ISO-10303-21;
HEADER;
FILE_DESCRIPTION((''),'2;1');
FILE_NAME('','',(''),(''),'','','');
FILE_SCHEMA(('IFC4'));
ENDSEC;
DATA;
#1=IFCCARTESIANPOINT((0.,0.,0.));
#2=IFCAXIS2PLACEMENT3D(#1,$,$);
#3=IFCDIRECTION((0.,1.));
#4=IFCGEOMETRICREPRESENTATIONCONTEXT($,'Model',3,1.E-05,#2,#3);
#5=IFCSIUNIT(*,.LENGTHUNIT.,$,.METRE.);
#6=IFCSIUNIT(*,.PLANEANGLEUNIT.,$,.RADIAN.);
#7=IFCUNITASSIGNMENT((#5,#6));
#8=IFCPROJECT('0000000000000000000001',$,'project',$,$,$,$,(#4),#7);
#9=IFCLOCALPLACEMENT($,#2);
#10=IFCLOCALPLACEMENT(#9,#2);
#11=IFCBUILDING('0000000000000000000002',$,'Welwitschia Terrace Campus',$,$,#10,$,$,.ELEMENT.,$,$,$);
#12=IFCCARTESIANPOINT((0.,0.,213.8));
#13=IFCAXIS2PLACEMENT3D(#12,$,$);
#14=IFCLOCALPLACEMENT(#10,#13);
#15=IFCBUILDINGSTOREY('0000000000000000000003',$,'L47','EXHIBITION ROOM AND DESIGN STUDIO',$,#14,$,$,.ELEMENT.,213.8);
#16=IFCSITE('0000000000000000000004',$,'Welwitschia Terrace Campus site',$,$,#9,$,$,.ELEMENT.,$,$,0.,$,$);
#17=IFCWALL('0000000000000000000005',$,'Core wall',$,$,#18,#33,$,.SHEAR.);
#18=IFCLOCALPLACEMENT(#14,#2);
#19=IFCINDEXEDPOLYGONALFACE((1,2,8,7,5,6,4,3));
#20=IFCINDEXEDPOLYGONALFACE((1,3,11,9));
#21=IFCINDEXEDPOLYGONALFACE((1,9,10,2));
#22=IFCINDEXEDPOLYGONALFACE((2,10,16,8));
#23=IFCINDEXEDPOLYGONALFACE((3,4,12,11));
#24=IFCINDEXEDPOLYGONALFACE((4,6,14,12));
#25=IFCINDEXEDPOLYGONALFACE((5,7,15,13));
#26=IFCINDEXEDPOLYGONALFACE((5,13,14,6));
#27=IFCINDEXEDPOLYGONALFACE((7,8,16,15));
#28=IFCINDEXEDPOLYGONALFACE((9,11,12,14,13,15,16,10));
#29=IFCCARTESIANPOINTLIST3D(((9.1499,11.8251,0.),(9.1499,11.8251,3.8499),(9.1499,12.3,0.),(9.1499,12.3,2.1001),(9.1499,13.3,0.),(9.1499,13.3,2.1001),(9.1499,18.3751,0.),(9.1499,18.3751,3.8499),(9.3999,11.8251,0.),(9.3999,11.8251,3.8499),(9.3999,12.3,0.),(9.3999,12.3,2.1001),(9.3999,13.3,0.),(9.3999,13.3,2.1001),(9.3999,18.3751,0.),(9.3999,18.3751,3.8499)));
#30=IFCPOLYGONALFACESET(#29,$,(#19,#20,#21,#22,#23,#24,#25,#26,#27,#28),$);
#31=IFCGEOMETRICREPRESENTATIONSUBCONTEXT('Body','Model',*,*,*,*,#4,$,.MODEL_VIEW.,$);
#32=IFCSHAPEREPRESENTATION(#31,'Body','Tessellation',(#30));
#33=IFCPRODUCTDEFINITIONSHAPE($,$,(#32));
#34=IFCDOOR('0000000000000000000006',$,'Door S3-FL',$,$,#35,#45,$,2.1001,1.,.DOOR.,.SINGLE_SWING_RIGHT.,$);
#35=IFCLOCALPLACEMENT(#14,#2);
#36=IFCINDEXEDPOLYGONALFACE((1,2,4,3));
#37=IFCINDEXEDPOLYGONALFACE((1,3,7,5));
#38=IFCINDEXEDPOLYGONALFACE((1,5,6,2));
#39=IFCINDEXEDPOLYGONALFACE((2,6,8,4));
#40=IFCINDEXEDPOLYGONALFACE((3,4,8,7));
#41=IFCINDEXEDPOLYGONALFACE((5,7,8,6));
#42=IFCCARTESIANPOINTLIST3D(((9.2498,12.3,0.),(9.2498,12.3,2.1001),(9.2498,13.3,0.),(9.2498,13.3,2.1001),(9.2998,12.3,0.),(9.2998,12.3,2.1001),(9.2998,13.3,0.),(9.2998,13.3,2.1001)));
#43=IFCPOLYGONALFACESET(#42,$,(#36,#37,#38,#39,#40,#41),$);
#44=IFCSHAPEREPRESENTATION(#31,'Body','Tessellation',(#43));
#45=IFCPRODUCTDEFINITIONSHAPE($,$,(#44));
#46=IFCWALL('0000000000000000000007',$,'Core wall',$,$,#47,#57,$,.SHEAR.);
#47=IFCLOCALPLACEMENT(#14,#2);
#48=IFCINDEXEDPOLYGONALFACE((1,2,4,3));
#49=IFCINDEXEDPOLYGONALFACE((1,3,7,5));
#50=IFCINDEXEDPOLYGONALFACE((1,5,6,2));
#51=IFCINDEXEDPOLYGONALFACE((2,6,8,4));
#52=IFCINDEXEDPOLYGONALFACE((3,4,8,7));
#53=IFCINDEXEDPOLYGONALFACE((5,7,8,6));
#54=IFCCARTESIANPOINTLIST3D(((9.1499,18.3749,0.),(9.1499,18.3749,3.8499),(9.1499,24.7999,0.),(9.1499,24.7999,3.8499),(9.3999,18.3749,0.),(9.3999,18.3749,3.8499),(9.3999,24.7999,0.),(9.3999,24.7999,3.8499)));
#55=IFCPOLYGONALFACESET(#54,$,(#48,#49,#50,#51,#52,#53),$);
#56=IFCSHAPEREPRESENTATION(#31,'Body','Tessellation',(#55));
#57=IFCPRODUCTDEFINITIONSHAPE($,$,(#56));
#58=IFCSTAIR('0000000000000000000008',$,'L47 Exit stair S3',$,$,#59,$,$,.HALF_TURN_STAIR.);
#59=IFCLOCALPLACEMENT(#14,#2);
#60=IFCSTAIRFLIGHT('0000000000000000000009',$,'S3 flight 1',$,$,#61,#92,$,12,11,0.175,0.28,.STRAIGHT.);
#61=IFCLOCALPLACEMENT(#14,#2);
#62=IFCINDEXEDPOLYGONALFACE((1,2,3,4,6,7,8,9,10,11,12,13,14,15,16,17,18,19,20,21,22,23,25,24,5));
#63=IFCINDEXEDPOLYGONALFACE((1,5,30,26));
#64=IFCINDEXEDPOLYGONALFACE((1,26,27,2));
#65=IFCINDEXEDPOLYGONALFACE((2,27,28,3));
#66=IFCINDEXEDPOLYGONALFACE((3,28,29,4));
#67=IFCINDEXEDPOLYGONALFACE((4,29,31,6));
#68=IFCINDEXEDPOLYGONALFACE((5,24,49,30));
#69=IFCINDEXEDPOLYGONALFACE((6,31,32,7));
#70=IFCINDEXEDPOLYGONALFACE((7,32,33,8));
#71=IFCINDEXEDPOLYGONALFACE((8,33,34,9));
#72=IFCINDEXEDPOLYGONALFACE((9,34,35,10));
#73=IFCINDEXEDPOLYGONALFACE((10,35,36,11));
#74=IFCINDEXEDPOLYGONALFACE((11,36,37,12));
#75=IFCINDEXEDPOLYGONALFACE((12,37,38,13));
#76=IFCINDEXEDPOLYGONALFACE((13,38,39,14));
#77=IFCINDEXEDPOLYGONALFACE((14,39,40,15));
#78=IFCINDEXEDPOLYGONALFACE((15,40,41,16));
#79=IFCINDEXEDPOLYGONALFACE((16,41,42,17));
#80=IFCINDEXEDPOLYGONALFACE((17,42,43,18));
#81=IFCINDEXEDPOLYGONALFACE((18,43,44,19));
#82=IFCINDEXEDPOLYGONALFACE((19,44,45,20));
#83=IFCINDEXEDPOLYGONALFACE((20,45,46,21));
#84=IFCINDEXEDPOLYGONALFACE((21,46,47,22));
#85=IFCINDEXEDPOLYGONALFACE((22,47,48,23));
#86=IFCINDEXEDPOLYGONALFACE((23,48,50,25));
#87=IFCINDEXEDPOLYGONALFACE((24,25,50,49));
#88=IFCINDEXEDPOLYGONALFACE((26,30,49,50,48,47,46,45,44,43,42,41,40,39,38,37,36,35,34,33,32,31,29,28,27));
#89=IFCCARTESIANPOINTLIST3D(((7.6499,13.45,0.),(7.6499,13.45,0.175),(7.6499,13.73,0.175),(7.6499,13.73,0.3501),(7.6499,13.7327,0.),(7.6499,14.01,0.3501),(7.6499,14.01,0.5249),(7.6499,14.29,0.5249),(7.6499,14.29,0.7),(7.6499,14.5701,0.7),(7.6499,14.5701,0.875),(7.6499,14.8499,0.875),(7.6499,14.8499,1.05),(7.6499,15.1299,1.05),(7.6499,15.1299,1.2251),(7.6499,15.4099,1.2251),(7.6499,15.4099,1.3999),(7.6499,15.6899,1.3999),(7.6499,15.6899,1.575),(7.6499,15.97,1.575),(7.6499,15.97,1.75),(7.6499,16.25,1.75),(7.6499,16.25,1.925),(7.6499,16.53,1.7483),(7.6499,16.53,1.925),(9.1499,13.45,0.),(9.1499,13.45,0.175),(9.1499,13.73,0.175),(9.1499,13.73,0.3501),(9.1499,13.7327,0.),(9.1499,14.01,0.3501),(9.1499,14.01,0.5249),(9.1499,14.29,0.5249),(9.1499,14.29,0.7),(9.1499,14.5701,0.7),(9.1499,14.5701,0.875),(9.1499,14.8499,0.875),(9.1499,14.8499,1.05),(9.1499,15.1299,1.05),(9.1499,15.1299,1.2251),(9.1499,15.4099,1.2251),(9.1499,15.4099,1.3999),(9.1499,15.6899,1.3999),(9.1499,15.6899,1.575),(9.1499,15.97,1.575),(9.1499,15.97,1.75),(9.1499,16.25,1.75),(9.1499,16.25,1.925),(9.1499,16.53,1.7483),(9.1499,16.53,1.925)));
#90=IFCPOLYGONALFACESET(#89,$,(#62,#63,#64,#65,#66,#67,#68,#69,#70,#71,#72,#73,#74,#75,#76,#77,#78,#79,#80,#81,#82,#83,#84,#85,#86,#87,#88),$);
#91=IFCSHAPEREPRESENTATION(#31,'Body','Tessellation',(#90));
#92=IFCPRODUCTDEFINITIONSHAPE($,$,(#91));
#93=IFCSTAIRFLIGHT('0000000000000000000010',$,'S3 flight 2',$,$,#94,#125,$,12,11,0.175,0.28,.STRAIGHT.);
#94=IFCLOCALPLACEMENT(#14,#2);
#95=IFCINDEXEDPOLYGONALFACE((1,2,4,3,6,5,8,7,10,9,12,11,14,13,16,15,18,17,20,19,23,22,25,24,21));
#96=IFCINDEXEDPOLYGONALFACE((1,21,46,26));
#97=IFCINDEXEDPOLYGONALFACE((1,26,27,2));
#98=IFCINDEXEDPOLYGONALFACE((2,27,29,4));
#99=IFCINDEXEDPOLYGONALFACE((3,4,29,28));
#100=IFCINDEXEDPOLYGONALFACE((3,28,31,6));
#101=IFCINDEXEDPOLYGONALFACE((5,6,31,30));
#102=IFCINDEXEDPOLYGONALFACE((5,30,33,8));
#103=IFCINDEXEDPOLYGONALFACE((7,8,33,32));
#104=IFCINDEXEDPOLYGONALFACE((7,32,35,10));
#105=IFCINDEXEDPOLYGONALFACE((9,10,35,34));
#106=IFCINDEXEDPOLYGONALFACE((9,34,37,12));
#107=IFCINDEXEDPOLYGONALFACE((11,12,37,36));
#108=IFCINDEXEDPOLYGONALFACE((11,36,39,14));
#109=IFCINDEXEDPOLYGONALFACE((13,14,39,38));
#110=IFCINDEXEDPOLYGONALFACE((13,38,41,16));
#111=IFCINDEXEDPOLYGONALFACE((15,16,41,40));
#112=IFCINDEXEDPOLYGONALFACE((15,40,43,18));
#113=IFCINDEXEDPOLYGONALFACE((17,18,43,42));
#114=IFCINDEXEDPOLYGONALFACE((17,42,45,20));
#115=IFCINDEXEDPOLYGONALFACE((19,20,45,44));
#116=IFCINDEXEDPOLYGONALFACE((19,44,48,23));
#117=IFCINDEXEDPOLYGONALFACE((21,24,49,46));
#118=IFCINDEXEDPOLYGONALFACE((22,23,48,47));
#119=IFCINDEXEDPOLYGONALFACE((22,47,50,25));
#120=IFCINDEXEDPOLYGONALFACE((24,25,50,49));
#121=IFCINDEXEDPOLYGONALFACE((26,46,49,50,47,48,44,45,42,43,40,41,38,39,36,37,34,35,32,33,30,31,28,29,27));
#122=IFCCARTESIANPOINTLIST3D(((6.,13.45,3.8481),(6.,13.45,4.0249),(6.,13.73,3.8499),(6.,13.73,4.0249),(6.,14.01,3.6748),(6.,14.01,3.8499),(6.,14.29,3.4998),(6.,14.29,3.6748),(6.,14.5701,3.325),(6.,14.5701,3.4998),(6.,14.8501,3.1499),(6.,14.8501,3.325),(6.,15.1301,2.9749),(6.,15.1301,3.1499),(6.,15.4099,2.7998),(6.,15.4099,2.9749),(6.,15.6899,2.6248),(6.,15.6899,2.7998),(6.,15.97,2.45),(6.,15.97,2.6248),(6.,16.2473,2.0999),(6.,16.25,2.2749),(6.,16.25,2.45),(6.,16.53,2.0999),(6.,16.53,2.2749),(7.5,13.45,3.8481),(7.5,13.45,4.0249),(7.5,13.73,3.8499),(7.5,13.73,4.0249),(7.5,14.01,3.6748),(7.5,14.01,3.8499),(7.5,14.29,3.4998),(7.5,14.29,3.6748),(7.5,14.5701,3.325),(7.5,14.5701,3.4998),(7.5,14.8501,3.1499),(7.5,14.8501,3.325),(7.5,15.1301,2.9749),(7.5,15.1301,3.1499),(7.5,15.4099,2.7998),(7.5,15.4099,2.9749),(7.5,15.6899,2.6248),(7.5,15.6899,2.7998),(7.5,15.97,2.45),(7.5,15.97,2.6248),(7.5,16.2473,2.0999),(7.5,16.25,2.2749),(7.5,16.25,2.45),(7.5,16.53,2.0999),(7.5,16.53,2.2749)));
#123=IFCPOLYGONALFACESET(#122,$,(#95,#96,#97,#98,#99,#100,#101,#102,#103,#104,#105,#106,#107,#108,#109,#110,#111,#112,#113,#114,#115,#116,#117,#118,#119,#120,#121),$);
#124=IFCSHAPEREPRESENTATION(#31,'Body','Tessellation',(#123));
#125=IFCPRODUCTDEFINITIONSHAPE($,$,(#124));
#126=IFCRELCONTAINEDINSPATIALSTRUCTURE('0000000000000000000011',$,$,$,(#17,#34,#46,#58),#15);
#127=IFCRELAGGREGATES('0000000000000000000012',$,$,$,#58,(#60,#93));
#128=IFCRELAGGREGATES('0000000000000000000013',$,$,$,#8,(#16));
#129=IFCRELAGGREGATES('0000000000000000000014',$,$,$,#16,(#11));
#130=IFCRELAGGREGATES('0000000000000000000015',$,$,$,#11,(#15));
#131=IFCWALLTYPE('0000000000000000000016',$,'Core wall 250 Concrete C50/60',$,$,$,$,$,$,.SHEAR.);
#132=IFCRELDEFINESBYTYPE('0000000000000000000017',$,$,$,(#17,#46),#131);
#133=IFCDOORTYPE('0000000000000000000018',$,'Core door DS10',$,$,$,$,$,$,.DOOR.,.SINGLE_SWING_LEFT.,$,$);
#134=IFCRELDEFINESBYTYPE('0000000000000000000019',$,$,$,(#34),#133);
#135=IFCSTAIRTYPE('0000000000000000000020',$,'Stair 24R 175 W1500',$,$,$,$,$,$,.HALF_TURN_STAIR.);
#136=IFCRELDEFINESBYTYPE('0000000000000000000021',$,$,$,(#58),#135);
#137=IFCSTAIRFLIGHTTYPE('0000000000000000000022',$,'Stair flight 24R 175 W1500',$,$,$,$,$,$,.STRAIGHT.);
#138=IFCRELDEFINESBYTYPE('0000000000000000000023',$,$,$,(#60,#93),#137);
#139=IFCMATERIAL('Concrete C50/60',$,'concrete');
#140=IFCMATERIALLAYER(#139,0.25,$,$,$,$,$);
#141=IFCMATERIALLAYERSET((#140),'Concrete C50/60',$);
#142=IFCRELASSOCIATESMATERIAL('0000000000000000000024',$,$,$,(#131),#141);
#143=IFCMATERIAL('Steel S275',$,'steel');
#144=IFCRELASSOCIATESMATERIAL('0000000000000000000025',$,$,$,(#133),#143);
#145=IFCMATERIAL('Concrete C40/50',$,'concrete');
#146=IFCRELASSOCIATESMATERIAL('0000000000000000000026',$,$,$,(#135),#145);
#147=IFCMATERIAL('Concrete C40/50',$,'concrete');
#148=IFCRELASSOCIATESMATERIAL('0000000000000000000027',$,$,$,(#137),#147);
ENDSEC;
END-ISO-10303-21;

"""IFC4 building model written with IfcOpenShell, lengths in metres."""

from ifc_helpers import new_model, si_unit, direction, frame, frame_2d, origin, place, context, subcontext, project, spatial, polyline, rectangle, outline, extrude, material, layer, layer_set, type_object, element, fill, aggregate, save


model = new_model("IFC4")

# Units and contexts
model_context = context("Model", 3, precision=1e-05, world=origin(), true_north=direction((0.0, 1.0)))
body_context = subcontext(model_context, "Body", "Model", "MODEL_VIEW")
ifc_project = project(units=[si_unit("LENGTHUNIT", "METRE"), si_unit("PLANEANGLEUNIT", "RADIAN")], contexts=[model_context])

# Site, building, storey
site_placement = place(None, origin())
site = spatial("IfcSite", under=ifc_project, at=site_placement, Name="Welwitschia Terrace Campus site", CompositionType="ELEMENT", RefElevation=0.0)
building_placement = place(site_placement, origin())
building = spatial("IfcBuilding", under=site, at=building_placement, Name="Welwitschia Terrace Campus", CompositionType="ELEMENT")
storey_placement = place(building_placement, frame((0.0, 0.0, 213.8)))
storey = spatial("IfcBuildingStorey", under=building, at=storey_placement, Name="L47", Description="EXHIBITION ROOM AND DESIGN STUDIO", CompositionType="ELEMENT", Elevation=213.8)

# Shared definitions
ifc_material_1 = material(Name="Concrete C50/60", Category="concrete")
ifc_layer_1 = layer(ifc_material_1, 0.25)
ifc_layer_set_1 = layer_set([ifc_layer_1], Name="Concrete C50/60")
wall_type_1 = type_object("IfcWallType", Name="Core wall 250 Concrete C50/60", PredefinedType="SHEAR", material=ifc_layer_set_1)

# Wall, opening, door
ifc_material_2 = material(Name="Steel S275", Category="steel")
door_type_1 = type_object("IfcDoorType", Name="Core door DS10", OperationType="SINGLE_SWING_LEFT", PredefinedType="DOOR", material=ifc_material_2)
wall_1_placement = place(storey_placement, frame((9.2749, 18.375, 0.0), z_axis=(0.0, 0.0, 1.0), x_axis=(0.0, -1.0, 0.0)))
wall_1 = element("IfcWall", 1, at=wall_1_placement, inside=storey, type_object=wall_type_1, Name="Core wall", PredefinedType="SHEAR", context=body_context, shape_type="SweptSolid", body=[
    extrude(rectangle(XDim=6.55, YDim=0.25, at=frame_2d((3.2749, 0.0))), origin(), (0.0, 0.0, 1.0), 3.8499),
])
opening_1_placement = place(wall_1_placement, frame((5.075, 0.0, 0.0)))
opening_1 = element("IfcOpeningElement", 2, at=opening_1_placement, cuts=wall_1, PredefinedType="OPENING", context=body_context, shape_type="SweptSolid", body=[
    extrude(rectangle(XDim=1.0, YDim=2.1001, at=frame_2d((0.5, 1.05))), frame((0.0, 0.135, 0.0), z_axis=(0.0, -1.0, 0.0), x_axis=(1.0, 0.0, 0.0)), (0.0, 0.0, 1.0), 0.27),
])
door_1_placement = place(opening_1_placement, origin())
door_1 = element("IfcDoor", 3, at=door_1_placement, inside=storey, type_object=door_type_1, Name="Door S3-FL", OperationType="SINGLE_SWING_RIGHT", OverallHeight=2.1001, OverallWidth=1.0, PredefinedType="DOOR", context=body_context, shape_type="SweptSolid", body=[
    extrude(rectangle(XDim=1.0, YDim=2.1001, at=frame_2d((0.5, 1.05))), frame((0.0, 0.0249, 0.0), z_axis=(0.0, -1.0, 0.0), x_axis=(1.0, 0.0, 0.0)), (0.0, 0.0, 1.0), 0.05),
])
fill(opening_1, door_1)

# Wall
wall_2_placement = place(storey_placement, frame((9.2749, 18.375, 0.0), z_axis=(0.0, 0.0, 1.0), x_axis=(0.0, 1.0, 0.0)))
element("IfcWall", 4, at=wall_2_placement, inside=storey, type_object=wall_type_1, Name="Core wall", PredefinedType="SHEAR", context=body_context, shape_type="SweptSolid", body=[
    extrude(rectangle(XDim=6.425, YDim=0.25, at=frame_2d((3.2124, 0.0))), origin(), (0.0, 0.0, 1.0), 3.8499),
])

# Stair, stair flights
ifc_material_3 = material(Name="Concrete C40/50", Category="concrete")
stair_type = type_object("IfcStairType", Name="Stair 24R 175 W1500", PredefinedType="HALF_TURN_STAIR", material=ifc_material_3)
stair_placement = place(storey_placement, origin())
stair = element("IfcStair", 5, at=stair_placement, inside=storey, type_object=stair_type, Name="L47 Exit stair S3", PredefinedType="HALF_TURN_STAIR")
ifc_material_4 = material(Name="Concrete C40/50", Category="concrete")
stair_flight_type = type_object("IfcStairFlightType", Name="Stair flight 24R 175 W1500", PredefinedType="STRAIGHT", material=ifc_material_4)
stair_flight_1_placement = place(storey_placement, frame((8.3999, 13.45, 0.0), z_axis=(0.0, 0.0, 1.0), x_axis=(0.0, 1.0, 0.0)))
stair_flight_1 = element("IfcStairFlight", 6, at=stair_flight_1_placement, type_object=stair_flight_type, Name="S3 flight 1", NumberOfRisers=12, NumberOfTreads=11, PredefinedType="STRAIGHT", RiserHeight=0.175, TreadLength=0.28, context=body_context, shape_type="SweptSolid", body=[
    extrude(outline(polyline([(0.0, 0.0), (0.0, 0.175), (0.28, 0.175), (0.28, 0.3501), (0.5601, 0.3501), (0.5601, 0.5249), (0.8401, 0.5249), (0.8401, 0.7), (1.1201, 0.7), (1.1201, 0.875), (1.3999, 0.875), (1.3999, 1.05), (1.6799, 1.05), (1.6799, 1.2251), (1.96, 1.2251), (1.96, 1.3999), (2.24, 1.3999), (2.24, 1.575), (2.52, 1.575), (2.52, 1.75), (2.8, 1.75), (2.8, 1.925), (3.0801, 1.925), (3.0801, 2.1001), (3.0801, 1.7483), (0.2827, 0.0), (0.0, 0.0)])), frame((0.0, 0.75, 0.0), z_axis=(0.0, -1.0, 0.0), x_axis=(1.0, 0.0, 0.0)), (0.0, 0.0, 1.0), 1.5),
])
stair_flight_2_placement = place(storey_placement, frame((6.75, 16.53, 2.0999), z_axis=(0.0, 0.0, 1.0), x_axis=(0.0, -1.0, 0.0)))
stair_flight_2 = element("IfcStairFlight", 7, at=stair_flight_2_placement, type_object=stair_flight_type, Name="S3 flight 2", NumberOfRisers=12, NumberOfTreads=11, PredefinedType="STRAIGHT", RiserHeight=0.175, TreadLength=0.28, context=body_context, shape_type="SweptSolid", body=[
    extrude(outline(polyline([(0.0, 0.0), (0.0, 0.175), (0.28, 0.175), (0.28, 0.3501), (0.5601, 0.3501), (0.5601, 0.5249), (0.8401, 0.5249), (0.8401, 0.7), (1.1201, 0.7), (1.1201, 0.875), (1.3999, 0.875), (1.3999, 1.05), (1.6799, 1.05), (1.6799, 1.2251), (1.96, 1.2251), (1.96, 1.3999), (2.24, 1.3999), (2.24, 1.575), (2.52, 1.575), (2.52, 1.75), (2.8, 1.75), (2.8, 1.925), (3.0801, 1.925), (3.0801, 2.1001), (3.0801, 1.7483), (0.2827, 0.0), (0.0, 0.0)])), frame((0.0, 0.75, 0.0), z_axis=(0.0, -1.0, 0.0), x_axis=(1.0, 0.0, 0.0)), (0.0, 0.0, 1.0), 1.5),
])
aggregate(stair, [stair_flight_1, stair_flight_2])

save(model, "model.ifc")
